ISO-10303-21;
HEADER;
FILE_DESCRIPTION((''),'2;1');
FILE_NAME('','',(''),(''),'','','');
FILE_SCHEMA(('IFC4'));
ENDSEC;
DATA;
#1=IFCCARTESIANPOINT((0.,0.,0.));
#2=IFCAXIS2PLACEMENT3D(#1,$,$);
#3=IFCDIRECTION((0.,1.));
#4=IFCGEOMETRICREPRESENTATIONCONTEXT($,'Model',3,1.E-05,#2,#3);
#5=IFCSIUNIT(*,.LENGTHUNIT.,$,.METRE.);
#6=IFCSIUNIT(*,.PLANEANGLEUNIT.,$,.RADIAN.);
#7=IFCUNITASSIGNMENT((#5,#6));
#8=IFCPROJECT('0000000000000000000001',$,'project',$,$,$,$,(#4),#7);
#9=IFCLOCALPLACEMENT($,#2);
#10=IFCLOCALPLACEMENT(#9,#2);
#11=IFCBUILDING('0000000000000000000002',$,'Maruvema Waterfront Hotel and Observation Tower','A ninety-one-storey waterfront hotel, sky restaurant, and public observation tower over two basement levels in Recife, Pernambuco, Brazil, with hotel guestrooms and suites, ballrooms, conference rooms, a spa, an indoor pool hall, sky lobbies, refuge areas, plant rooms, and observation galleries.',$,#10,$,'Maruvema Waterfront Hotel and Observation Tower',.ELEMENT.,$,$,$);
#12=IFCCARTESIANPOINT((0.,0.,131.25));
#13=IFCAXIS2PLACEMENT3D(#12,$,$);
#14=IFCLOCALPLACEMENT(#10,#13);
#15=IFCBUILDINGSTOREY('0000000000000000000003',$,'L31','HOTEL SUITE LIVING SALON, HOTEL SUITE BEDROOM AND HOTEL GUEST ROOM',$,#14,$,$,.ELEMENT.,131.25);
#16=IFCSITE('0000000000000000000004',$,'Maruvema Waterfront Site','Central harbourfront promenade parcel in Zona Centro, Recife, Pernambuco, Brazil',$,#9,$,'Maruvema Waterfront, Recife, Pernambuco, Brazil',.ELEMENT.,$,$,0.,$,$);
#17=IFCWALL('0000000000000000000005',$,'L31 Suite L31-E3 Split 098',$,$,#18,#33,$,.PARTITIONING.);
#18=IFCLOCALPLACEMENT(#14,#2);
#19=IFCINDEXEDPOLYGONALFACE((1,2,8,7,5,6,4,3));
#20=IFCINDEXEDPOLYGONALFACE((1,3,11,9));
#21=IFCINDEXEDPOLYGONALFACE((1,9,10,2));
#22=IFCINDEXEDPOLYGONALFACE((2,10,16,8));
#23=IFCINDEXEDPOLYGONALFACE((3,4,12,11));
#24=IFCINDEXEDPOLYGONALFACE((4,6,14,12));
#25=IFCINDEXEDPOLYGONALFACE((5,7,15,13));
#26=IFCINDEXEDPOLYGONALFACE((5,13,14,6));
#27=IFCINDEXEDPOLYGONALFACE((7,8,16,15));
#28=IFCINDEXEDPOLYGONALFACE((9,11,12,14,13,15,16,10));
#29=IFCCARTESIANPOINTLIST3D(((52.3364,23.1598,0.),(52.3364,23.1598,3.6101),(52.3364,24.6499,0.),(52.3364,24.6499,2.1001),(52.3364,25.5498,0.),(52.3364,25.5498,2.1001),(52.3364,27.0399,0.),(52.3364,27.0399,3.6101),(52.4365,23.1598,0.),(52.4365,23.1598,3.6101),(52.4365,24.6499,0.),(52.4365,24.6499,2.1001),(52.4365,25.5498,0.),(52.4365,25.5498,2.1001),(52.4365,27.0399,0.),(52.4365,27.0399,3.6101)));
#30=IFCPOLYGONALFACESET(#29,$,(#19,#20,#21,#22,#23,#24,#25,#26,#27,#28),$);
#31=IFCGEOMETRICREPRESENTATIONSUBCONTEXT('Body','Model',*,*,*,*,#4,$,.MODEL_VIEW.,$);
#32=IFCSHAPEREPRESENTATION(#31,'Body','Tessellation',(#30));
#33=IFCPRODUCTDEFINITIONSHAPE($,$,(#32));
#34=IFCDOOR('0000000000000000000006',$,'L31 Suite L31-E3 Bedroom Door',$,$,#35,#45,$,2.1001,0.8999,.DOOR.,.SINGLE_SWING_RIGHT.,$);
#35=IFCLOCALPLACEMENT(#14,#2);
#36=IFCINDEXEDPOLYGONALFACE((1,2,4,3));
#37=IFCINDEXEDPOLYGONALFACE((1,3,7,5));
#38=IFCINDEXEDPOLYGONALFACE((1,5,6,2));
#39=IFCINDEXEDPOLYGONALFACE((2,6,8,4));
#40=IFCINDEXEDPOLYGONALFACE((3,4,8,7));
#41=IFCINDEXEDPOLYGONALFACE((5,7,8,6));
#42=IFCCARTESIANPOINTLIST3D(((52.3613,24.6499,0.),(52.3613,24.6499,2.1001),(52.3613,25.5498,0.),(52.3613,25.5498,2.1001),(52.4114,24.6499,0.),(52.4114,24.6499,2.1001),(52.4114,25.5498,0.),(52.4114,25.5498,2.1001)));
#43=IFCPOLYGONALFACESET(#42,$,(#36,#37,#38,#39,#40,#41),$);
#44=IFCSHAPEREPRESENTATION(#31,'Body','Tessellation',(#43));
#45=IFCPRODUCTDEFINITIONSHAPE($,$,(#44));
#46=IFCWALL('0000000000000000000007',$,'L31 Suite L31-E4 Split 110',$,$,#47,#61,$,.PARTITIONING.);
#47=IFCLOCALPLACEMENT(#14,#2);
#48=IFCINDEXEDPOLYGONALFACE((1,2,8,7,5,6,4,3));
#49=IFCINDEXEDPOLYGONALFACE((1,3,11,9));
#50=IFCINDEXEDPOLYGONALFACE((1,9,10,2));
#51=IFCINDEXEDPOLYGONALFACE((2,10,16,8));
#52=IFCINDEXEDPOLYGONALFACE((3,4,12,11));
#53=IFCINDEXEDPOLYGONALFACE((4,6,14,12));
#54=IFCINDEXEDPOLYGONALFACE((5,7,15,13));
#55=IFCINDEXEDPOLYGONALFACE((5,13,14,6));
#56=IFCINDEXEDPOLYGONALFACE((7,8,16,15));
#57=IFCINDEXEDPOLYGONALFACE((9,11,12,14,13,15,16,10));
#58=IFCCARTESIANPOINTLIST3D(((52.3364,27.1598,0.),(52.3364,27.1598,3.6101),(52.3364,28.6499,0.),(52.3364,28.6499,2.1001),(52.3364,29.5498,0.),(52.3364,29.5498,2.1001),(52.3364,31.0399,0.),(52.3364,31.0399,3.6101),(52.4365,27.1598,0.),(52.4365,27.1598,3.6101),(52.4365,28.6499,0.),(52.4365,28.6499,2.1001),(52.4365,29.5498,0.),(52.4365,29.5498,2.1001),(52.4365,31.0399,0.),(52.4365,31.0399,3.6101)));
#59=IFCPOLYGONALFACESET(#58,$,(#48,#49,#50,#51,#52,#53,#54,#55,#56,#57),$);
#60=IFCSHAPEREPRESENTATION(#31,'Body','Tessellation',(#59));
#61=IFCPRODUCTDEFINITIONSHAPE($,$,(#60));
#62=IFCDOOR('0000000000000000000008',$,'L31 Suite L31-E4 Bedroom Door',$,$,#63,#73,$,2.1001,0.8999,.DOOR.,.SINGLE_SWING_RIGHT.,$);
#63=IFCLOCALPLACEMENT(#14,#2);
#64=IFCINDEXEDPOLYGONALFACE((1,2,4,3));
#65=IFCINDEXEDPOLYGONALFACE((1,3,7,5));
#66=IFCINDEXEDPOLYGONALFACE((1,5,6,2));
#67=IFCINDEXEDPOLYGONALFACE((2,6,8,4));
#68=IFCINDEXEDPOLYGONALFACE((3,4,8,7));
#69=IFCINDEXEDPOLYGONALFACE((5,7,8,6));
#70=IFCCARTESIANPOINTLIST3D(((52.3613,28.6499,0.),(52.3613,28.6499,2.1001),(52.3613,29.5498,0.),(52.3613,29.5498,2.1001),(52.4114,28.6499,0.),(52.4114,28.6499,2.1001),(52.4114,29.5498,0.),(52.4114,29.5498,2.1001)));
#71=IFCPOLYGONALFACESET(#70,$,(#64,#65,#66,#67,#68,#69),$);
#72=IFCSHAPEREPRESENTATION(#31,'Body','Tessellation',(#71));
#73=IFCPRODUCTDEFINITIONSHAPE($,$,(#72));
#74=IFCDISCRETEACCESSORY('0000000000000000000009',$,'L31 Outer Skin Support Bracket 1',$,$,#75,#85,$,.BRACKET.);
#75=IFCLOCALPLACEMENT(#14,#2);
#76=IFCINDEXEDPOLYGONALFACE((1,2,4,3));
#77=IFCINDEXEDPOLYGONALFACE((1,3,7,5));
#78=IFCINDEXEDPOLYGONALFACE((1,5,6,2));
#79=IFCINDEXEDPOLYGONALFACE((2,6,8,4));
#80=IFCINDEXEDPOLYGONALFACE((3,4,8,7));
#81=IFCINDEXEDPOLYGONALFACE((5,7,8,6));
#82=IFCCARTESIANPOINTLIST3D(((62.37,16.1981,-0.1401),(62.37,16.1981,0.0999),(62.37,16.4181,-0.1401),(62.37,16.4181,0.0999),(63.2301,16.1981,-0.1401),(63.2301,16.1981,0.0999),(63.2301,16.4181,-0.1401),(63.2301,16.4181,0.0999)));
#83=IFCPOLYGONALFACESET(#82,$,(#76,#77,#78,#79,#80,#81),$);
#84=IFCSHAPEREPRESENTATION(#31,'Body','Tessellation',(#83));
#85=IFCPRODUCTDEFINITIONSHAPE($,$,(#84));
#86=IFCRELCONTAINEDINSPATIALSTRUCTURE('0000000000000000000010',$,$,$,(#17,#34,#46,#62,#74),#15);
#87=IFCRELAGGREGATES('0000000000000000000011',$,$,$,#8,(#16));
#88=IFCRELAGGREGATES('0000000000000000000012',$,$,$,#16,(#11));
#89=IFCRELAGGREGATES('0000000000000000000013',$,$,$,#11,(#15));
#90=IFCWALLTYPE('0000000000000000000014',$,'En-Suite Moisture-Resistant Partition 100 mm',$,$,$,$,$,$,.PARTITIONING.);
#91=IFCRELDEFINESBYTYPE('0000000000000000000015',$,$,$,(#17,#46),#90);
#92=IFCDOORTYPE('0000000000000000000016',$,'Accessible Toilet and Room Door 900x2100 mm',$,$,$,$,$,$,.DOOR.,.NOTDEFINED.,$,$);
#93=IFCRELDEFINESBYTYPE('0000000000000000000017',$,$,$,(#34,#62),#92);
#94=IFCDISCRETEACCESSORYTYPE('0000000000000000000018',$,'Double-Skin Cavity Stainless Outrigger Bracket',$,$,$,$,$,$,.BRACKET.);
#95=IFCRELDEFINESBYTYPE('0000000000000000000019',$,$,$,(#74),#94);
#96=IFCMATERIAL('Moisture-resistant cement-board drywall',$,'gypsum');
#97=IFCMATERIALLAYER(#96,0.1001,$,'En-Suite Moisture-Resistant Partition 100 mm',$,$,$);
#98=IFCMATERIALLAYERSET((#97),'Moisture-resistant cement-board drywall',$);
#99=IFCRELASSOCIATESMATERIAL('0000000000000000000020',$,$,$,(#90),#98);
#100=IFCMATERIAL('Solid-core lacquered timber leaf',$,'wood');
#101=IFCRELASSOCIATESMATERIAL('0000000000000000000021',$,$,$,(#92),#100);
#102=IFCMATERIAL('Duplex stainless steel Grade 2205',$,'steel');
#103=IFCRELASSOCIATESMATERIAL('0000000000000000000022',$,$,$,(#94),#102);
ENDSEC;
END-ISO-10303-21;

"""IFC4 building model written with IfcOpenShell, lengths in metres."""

from ifc_helpers import new_model, si_unit, direction, frame, frame_2d, origin, origin_2d, place, context, subcontext, project, spatial, rectangle, extrude, material, layer, layer_set, type_object, element, fill, save


model = new_model("IFC4")

# Units and contexts
model_context = context("Model", 3, precision=1e-05, world=origin(), true_north=direction((0.0, 1.0)))
body_context = subcontext(model_context, "Body", "Model", "MODEL_VIEW")
ifc_project = project(units=[si_unit("LENGTHUNIT", "METRE"), si_unit("PLANEANGLEUNIT", "RADIAN")], contexts=[model_context])

# Site, building, storey
site_placement = place(None, origin())
site = spatial("IfcSite", under=ifc_project, at=site_placement, Name="Maruvema Waterfront Site", Description="Central harbourfront promenade parcel in Zona Centro, Recife, Pernambuco, Brazil", LongName="Maruvema Waterfront, Recife, Pernambuco, Brazil", CompositionType="ELEMENT", RefElevation=0.0)
building_placement = place(site_placement, origin())
building = spatial("IfcBuilding", under=site, at=building_placement, Name="Maruvema Waterfront Hotel and Observation Tower", Description="A ninety-one-storey waterfront hotel, sky restaurant, and public observation tower over two basement levels in Recife, Pernambuco, Brazil, with hotel guestrooms and suites, ballrooms, conference rooms, a spa, an indoor pool hall, sky lobbies, refuge areas, plant rooms, and observation galleries.", LongName="Maruvema Waterfront Hotel and Observation Tower", CompositionType="ELEMENT")
storey_placement = place(building_placement, frame((0.0, 0.0, 131.25)))
storey = spatial("IfcBuildingStorey", under=building, at=storey_placement, Name="L31", Description="HOTEL SUITE LIVING SALON, HOTEL SUITE BEDROOM AND HOTEL GUEST ROOM", CompositionType="ELEMENT", Elevation=131.25)

# Walls, openings, doors
ifc_material_1 = material(Name="Moisture-resistant cement-board drywall", Category="gypsum")
ifc_layer_1 = layer(ifc_material_1, 0.1001, Name="En-Suite Moisture-Resistant Partition 100 mm")
ifc_layer_set_1 = layer_set([ifc_layer_1], Name="Moisture-resistant cement-board drywall")
wall_type = type_object("IfcWallType", Name="En-Suite Moisture-Resistant Partition 100 mm", PredefinedType="PARTITIONING", material=ifc_layer_set_1)
ifc_material_2 = material(Name="Solid-core lacquered timber leaf", Category="wood")
door_type = type_object("IfcDoorType", Name="Accessible Toilet and Room Door 900x2100 mm", OperationType="NOTDEFINED", PredefinedType="DOOR", material=ifc_material_2)
wall_1_placement = place(storey_placement, frame((52.3865, 23.1599, 0.0), z_axis=(0.0, 0.0, 1.0), x_axis=(0.0, 1.0, 0.0)))
wall_1 = element("IfcWall", 1, at=wall_1_placement, inside=storey, type_object=wall_type, Name="L31 Suite L31-E3 Split 098", PredefinedType="PARTITIONING", context=body_context, shape_type="SweptSolid", body=[
    extrude(rectangle(XDim=3.8801, YDim=0.1001, at=frame_2d((1.9399, 0.0))), origin(), (0.0, 0.0, 1.0), 3.6101),
])
opening_1_placement = place(wall_1_placement, frame((1.49, 0.0, 0.0)))
opening_1 = element("IfcOpeningElement", 2, at=opening_1_placement, cuts=wall_1, PredefinedType="OPENING", context=body_context, shape_type="SweptSolid", body=[
    extrude(rectangle(XDim=0.8999, YDim=2.1001, at=frame_2d((0.45, 1.05))), frame((0.0, 0.0601, 0.0), z_axis=(0.0, -1.0, 0.0), x_axis=(1.0, 0.0, 0.0)), (0.0, 0.0, 1.0), 0.1201),
])
door_1_placement = place(opening_1_placement, frame((0.8999, 0.0, 0.0), z_axis=(0.0, 0.0, 1.0), x_axis=(-1.0, 0.0, 0.0)))
door_1 = element("IfcDoor", 3, at=door_1_placement, inside=storey, type_object=door_type, Name="L31 Suite L31-E3 Bedroom Door", OperationType="SINGLE_SWING_RIGHT", OverallHeight=2.1001, OverallWidth=0.8999, PredefinedType="DOOR", context=body_context, shape_type="SweptSolid", body=[
    extrude(rectangle(XDim=0.8999, YDim=2.1001, at=frame_2d((0.45, 1.05))), frame((0.0, 0.0249, 0.0), z_axis=(0.0, -1.0, 0.0), x_axis=(1.0, 0.0, 0.0)), (0.0, 0.0, 1.0), 0.05),
])
fill(opening_1, door_1)
wall_2_placement = place(storey_placement, frame((52.3865, 27.1599, 0.0), z_axis=(0.0, 0.0, 1.0), x_axis=(0.0, 1.0, 0.0)))
wall_2 = element("IfcWall", 4, at=wall_2_placement, inside=storey, type_object=wall_type, Name="L31 Suite L31-E4 Split 110", PredefinedType="PARTITIONING", context=body_context, shape_type="SweptSolid", body=[
    extrude(rectangle(XDim=3.8801, YDim=0.1001, at=frame_2d((1.9399, 0.0))), origin(), (0.0, 0.0, 1.0), 3.6101),
])
opening_2_placement = place(wall_2_placement, frame((1.49, 0.0, 0.0)))
opening_2 = element("IfcOpeningElement", 5, at=opening_2_placement, cuts=wall_2, PredefinedType="OPENING", context=body_context, shape_type="SweptSolid", body=[
    extrude(rectangle(XDim=0.8999, YDim=2.1001, at=frame_2d((0.45, 1.05))), frame((0.0, 0.0601, 0.0), z_axis=(0.0, -1.0, 0.0), x_axis=(1.0, 0.0, 0.0)), (0.0, 0.0, 1.0), 0.1201),
])
door_2_placement = place(opening_2_placement, frame((0.8999, 0.0, 0.0), z_axis=(0.0, 0.0, 1.0), x_axis=(-1.0, 0.0, 0.0)))
door_2 = element("IfcDoor", 6, at=door_2_placement, inside=storey, type_object=door_type, Name="L31 Suite L31-E4 Bedroom Door", OperationType="SINGLE_SWING_RIGHT", OverallHeight=2.1001, OverallWidth=0.8999, PredefinedType="DOOR", context=body_context, shape_type="SweptSolid", body=[
    extrude(rectangle(XDim=0.8999, YDim=2.1001, at=frame_2d((0.45, 1.05))), frame((0.0, 0.0249, 0.0), z_axis=(0.0, -1.0, 0.0), x_axis=(1.0, 0.0, 0.0)), (0.0, 0.0, 1.0), 0.05),
])
fill(opening_2, door_2)

# Discrete accessory
ifc_material_3 = material(Name="Duplex stainless steel Grade 2205", Category="steel")
discrete_accessory_type = type_object("IfcDiscreteAccessoryType", Name="Double-Skin Cavity Stainless Outrigger Bracket", PredefinedType="BRACKET", material=ifc_material_3)
discrete_accessory_placement = place(storey_placement, frame((62.8, 16.3081, -0.1401), z_axis=(0.0, 0.0, 1.0), x_axis=(0.0, 1.0, 0.0)))
element("IfcDiscreteAccessory", 7, at=discrete_accessory_placement, inside=storey, type_object=discrete_accessory_type, Name="L31 Outer Skin Support Bracket 1", PredefinedType="BRACKET", context=body_context, shape_type="SweptSolid", body=[
    extrude(rectangle(XDim=0.22, YDim=0.8601, at=origin_2d()), origin(), (0.0, 0.0, 1.0), 0.24),
])

save(model, "model.ifc")
